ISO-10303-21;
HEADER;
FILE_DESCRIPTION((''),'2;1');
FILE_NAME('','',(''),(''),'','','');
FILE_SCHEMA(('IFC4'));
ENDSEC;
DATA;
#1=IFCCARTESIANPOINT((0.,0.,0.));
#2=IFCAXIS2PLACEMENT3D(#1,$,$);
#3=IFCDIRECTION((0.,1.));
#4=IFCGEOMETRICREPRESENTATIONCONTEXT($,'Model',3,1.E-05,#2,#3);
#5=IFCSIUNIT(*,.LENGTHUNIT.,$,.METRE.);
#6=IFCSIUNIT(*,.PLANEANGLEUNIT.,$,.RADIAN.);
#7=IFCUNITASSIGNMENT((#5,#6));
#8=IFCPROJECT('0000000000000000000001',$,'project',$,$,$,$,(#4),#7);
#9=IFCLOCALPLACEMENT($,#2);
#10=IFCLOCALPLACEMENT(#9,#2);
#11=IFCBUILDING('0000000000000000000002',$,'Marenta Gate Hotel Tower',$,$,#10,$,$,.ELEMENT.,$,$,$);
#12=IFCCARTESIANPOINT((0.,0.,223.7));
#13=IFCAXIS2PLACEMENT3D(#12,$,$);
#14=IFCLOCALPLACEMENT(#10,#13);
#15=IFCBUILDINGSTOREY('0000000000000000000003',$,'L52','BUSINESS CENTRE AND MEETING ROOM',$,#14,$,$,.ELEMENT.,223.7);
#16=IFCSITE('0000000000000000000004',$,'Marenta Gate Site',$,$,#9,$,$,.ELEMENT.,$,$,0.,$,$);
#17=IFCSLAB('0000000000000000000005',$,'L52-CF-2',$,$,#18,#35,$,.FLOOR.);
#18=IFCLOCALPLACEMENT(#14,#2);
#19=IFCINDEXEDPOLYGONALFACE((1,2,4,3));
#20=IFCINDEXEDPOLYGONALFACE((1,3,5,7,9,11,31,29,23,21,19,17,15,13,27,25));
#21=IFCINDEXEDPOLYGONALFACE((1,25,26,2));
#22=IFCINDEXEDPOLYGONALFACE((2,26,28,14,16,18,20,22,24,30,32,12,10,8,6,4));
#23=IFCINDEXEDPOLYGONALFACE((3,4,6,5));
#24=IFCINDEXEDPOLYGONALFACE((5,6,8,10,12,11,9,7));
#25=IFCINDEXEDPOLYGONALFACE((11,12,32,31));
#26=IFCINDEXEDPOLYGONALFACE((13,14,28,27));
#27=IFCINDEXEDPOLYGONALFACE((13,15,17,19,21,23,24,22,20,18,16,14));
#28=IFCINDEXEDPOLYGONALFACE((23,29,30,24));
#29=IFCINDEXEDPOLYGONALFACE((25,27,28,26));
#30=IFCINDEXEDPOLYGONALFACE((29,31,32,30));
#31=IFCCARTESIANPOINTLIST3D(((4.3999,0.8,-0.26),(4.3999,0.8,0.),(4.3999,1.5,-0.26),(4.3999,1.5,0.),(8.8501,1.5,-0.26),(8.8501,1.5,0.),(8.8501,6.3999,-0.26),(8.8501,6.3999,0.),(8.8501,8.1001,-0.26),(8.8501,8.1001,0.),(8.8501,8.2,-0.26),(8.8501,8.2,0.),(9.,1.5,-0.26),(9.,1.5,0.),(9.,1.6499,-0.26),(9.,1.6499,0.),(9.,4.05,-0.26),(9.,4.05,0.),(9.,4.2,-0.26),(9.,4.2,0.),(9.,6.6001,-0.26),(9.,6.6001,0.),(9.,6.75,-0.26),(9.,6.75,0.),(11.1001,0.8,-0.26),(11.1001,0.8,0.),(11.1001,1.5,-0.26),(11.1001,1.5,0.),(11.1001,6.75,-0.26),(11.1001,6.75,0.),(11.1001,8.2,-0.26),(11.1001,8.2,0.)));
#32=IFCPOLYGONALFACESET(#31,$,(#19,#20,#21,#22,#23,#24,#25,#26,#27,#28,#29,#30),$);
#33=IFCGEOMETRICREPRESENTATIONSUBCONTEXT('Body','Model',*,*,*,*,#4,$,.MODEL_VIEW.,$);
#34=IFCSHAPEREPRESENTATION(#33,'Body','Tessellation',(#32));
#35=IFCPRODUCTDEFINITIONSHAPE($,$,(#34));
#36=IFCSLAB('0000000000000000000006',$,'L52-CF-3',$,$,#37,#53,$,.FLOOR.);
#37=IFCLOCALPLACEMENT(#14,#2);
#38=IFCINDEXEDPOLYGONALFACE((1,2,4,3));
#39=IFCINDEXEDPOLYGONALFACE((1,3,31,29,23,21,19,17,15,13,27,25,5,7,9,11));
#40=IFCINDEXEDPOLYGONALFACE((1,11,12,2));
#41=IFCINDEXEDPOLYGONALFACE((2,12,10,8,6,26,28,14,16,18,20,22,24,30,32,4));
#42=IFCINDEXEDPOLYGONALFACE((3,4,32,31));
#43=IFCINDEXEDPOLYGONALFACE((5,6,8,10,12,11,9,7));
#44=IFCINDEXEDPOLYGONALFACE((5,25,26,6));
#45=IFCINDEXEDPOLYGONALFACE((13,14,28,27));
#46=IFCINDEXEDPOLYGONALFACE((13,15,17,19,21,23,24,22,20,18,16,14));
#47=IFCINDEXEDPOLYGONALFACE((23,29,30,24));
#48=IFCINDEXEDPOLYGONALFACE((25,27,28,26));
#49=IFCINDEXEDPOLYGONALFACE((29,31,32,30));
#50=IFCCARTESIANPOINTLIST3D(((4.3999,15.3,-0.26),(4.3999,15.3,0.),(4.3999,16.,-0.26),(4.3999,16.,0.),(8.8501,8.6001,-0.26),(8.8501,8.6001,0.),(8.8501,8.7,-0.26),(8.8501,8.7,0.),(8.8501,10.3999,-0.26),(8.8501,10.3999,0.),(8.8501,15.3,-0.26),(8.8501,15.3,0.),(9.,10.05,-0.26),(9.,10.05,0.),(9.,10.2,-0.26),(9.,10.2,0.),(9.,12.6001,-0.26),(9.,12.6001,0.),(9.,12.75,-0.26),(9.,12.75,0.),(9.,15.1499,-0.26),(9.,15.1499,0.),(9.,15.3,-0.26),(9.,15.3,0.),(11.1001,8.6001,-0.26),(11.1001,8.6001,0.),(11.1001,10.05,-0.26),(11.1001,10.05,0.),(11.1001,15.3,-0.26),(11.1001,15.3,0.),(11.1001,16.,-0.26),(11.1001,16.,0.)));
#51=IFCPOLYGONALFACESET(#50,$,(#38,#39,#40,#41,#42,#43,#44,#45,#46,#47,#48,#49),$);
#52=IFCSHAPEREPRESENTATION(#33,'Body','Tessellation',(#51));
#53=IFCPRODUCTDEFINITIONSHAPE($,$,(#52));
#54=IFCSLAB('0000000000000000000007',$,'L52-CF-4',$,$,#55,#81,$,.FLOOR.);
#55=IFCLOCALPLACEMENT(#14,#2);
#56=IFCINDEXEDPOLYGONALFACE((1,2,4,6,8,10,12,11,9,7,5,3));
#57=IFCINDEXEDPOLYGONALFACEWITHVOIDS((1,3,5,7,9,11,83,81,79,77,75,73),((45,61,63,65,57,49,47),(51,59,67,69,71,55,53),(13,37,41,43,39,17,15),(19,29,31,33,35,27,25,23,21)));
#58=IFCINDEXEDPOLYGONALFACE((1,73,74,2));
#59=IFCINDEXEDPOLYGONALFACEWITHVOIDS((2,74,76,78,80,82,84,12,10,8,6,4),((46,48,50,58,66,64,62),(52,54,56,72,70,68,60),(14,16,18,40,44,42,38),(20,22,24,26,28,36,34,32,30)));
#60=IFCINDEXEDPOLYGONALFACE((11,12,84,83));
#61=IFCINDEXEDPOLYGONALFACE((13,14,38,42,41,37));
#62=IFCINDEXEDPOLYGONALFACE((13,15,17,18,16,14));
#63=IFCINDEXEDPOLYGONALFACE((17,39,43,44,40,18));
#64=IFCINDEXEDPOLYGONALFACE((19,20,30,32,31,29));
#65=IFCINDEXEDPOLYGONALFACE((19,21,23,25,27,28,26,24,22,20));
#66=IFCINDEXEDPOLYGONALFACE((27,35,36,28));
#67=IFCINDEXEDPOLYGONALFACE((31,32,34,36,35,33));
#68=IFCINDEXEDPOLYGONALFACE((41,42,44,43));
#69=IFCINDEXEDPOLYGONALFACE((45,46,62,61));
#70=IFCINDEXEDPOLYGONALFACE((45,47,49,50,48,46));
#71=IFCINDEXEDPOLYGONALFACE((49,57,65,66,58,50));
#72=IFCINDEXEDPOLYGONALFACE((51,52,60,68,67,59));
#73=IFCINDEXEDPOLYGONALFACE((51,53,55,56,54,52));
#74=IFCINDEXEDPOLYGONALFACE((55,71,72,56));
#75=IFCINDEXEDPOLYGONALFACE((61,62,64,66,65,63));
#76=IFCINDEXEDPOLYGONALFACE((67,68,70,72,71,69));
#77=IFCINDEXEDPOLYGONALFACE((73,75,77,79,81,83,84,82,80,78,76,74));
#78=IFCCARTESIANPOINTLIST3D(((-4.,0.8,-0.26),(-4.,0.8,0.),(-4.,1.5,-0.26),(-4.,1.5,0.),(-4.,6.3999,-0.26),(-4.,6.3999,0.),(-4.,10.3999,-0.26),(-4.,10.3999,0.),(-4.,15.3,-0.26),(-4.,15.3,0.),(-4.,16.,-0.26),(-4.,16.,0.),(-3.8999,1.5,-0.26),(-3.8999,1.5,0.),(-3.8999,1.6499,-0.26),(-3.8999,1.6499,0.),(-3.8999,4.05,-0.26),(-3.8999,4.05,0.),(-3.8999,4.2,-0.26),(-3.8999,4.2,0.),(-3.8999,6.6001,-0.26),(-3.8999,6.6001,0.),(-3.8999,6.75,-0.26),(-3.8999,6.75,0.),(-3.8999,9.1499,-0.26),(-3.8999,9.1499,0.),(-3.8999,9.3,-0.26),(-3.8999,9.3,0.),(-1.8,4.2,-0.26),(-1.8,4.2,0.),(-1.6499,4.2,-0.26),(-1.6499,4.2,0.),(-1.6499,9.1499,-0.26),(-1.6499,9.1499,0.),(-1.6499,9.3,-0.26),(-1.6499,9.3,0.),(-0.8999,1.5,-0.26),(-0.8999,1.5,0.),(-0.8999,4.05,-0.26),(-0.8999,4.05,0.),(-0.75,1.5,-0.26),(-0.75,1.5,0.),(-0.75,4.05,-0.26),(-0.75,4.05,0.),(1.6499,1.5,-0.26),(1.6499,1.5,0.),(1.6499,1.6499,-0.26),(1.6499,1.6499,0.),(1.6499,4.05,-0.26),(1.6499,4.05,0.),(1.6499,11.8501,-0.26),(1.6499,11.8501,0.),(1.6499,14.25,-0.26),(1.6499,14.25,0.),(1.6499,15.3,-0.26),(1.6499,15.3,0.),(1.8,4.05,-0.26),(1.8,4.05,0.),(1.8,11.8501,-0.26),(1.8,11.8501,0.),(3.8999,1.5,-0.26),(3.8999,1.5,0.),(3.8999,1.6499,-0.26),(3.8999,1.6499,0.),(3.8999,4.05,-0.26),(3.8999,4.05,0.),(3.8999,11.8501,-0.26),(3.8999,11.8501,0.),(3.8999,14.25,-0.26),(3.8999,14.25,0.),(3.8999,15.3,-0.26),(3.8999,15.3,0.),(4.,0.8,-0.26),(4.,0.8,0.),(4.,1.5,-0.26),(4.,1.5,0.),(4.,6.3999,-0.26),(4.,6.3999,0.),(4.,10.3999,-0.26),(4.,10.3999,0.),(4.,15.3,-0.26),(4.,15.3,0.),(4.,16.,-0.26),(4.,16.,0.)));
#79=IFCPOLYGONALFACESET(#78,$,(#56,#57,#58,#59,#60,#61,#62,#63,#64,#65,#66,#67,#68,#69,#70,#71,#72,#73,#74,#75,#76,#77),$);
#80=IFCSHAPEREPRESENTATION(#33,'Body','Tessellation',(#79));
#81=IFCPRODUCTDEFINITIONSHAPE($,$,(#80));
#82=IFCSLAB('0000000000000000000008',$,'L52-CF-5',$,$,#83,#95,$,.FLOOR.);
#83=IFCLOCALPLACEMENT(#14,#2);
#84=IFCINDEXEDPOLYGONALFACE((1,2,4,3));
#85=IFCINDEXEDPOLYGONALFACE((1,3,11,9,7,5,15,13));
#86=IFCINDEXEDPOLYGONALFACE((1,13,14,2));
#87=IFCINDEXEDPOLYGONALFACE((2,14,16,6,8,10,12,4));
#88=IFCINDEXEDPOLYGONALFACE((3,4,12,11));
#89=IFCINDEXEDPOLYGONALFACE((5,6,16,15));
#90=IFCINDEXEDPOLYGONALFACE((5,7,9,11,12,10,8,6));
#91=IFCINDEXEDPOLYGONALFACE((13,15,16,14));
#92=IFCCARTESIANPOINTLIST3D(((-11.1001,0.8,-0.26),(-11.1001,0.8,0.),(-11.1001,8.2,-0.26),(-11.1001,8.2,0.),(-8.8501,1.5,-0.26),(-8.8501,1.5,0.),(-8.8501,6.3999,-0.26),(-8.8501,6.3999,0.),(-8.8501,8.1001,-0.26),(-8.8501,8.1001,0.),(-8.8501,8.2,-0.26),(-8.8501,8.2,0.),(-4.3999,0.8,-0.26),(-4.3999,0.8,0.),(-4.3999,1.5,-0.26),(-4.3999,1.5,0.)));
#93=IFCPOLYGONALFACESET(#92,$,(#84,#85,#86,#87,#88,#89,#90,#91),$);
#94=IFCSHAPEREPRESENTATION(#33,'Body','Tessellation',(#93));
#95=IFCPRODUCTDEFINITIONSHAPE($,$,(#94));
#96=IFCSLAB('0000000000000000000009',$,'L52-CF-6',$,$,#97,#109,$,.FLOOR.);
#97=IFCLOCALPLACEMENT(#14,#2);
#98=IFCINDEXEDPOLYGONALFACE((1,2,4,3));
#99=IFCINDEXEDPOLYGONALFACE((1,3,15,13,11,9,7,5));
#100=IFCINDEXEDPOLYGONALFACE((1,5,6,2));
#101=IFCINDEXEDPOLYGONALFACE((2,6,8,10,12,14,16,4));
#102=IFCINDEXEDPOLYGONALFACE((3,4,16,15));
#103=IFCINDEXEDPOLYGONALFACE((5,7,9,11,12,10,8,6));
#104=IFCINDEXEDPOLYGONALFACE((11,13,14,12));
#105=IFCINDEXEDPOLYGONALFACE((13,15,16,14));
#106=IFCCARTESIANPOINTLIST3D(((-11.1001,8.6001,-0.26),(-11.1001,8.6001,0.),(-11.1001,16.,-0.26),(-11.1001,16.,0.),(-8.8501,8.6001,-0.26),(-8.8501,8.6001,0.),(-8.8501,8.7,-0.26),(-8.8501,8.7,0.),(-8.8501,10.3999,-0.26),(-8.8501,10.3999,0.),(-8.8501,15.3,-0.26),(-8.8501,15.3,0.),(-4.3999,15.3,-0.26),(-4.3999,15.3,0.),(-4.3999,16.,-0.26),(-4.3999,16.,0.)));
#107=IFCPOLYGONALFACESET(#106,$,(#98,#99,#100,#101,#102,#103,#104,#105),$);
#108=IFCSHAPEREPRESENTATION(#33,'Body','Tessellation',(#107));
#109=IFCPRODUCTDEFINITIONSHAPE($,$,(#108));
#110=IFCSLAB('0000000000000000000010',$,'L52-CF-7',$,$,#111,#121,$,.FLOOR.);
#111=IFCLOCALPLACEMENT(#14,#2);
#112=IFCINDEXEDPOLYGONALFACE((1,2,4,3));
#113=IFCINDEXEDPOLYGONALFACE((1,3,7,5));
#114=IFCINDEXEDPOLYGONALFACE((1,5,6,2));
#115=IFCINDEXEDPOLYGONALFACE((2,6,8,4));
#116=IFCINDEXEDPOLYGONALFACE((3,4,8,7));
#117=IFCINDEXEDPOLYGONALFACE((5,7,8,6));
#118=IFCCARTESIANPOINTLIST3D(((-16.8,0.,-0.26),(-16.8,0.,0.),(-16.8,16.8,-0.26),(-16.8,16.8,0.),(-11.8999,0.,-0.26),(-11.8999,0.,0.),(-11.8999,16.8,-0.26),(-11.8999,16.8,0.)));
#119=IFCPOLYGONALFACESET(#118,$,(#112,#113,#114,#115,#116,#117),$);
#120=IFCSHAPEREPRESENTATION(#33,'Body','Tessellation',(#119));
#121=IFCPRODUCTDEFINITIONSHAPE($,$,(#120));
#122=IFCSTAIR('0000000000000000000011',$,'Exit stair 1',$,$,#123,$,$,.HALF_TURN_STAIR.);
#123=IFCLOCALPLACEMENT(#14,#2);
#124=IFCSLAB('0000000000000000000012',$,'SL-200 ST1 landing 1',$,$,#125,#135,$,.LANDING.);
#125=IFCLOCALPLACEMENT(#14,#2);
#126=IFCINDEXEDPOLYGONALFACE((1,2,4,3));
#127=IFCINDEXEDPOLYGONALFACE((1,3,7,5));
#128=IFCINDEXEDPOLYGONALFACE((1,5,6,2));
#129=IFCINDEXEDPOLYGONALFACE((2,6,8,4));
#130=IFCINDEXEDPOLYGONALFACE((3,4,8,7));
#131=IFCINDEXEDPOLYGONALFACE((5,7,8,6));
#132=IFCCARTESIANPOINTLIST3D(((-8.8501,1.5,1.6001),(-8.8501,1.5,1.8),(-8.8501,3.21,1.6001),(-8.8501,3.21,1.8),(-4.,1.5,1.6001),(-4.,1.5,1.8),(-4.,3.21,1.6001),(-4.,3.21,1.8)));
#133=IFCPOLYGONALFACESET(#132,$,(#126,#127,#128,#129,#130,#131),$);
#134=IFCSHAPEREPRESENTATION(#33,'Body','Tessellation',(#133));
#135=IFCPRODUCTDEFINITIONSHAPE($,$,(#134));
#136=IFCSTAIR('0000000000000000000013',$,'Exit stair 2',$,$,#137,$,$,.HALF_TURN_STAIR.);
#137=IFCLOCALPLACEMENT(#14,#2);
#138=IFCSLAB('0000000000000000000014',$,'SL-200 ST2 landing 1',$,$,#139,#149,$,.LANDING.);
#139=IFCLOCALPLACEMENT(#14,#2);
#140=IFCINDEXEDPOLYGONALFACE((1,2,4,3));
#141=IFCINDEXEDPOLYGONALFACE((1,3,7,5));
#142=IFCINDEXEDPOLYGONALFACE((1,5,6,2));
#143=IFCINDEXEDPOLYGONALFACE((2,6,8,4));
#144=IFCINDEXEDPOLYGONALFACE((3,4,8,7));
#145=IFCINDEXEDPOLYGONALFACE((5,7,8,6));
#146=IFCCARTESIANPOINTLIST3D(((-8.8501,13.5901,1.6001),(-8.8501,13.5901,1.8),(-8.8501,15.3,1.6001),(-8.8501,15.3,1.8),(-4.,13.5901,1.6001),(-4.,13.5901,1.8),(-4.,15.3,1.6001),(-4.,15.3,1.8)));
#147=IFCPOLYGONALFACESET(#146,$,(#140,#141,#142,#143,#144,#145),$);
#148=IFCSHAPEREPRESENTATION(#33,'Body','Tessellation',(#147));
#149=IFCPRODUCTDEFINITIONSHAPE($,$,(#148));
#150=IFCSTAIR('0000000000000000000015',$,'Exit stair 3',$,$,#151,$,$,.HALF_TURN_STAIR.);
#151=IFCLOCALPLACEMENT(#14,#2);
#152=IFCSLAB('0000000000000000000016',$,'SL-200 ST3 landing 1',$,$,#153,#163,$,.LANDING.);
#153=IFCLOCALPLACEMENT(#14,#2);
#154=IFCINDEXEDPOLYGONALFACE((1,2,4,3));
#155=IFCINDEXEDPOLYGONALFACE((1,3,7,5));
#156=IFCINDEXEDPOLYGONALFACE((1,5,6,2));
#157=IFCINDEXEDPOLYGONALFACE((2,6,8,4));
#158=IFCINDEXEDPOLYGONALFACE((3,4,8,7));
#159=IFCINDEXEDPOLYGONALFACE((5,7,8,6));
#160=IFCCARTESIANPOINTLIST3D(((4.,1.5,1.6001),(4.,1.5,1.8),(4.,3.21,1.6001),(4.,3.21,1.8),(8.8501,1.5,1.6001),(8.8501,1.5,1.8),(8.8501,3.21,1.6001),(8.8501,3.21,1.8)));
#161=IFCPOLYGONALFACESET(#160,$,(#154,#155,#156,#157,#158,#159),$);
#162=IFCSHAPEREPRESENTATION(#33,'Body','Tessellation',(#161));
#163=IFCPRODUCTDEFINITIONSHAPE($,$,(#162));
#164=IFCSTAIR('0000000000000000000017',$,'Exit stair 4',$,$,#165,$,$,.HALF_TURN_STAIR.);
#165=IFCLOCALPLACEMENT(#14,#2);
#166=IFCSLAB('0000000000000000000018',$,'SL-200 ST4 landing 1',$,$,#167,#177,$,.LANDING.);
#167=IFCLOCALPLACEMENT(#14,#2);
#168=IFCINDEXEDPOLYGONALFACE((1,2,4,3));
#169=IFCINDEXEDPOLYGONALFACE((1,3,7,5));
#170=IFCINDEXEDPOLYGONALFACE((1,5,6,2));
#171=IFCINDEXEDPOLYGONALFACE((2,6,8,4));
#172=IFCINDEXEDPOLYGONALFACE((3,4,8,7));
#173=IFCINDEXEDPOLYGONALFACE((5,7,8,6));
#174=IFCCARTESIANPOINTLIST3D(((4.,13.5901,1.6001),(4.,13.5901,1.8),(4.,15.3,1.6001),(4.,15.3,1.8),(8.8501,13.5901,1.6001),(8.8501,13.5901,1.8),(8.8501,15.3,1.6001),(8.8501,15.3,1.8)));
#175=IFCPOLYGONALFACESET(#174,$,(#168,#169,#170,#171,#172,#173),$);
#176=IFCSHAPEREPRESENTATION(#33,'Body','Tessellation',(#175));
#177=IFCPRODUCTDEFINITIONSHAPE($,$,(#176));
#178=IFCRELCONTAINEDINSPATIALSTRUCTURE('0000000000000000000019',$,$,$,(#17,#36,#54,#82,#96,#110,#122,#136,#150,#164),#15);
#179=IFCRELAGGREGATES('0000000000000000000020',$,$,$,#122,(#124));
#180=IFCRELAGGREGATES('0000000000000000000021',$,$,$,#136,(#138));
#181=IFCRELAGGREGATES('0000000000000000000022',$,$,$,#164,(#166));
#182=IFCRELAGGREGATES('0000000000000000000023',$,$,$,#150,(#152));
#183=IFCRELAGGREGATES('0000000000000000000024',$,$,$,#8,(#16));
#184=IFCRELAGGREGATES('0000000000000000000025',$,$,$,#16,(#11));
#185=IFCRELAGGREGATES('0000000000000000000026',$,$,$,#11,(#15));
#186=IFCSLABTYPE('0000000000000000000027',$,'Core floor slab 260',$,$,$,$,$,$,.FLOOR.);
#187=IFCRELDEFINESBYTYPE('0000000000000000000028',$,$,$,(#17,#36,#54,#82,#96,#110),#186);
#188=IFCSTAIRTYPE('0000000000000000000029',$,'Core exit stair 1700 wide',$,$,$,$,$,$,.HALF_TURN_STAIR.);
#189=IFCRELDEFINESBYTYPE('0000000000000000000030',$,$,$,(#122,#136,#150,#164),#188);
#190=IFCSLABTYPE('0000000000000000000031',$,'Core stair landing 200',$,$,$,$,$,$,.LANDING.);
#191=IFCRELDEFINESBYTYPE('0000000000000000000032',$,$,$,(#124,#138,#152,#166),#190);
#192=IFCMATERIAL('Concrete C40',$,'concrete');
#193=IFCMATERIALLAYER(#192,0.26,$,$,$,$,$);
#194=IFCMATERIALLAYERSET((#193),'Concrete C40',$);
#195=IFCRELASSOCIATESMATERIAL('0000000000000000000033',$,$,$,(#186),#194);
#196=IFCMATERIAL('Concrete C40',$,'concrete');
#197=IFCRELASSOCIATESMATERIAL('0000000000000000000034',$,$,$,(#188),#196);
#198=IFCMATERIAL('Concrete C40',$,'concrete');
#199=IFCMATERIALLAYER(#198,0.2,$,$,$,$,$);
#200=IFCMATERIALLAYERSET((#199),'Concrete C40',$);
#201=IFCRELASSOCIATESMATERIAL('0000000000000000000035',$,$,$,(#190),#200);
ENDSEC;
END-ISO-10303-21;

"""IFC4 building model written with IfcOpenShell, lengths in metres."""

from ifc_helpers import new_model, si_unit, direction, frame, origin, place, context, subcontext, project, spatial, polyline, outline, extrude, material, layer, layer_set, type_object, element, aggregate, save


model = new_model("IFC4")

# Units and contexts
model_context = context("Model", 3, precision=1e-05, world=origin(), true_north=direction((0.0, 1.0)))
body_context = subcontext(model_context, "Body", "Model", "MODEL_VIEW")
ifc_project = project(units=[si_unit("LENGTHUNIT", "METRE"), si_unit("PLANEANGLEUNIT", "RADIAN")], contexts=[model_context])

# Site, building, storey
site_placement = place(None, origin())
site = spatial("IfcSite", under=ifc_project, at=site_placement, Name="Marenta Gate Site", CompositionType="ELEMENT", RefElevation=0.0)
building_placement = place(site_placement, origin())
building = spatial("IfcBuilding", under=site, at=building_placement, Name="Marenta Gate Hotel Tower", CompositionType="ELEMENT")
storey_placement = place(building_placement, frame((0.0, 0.0, 223.7)))
storey = spatial("IfcBuildingStorey", under=building, at=storey_placement, Name="L52", Description="BUSINESS CENTRE AND MEETING ROOM", CompositionType="ELEMENT", Elevation=223.7)

# Slabs
ifc_material_1 = material(Name="Concrete C40", Category="concrete")
ifc_layer_1 = layer(ifc_material_1, 0.26)
ifc_layer_set_1 = layer_set([ifc_layer_1], Name="Concrete C40")
slab_type_1 = type_object("IfcSlabType", Name="Core floor slab 260", PredefinedType="FLOOR", material=ifc_layer_set_1)
slab_1_placement = place(storey_placement, frame((0.0, 0.0, -0.26)))
element("IfcSlab", 1, at=slab_1_placement, inside=storey, type_object=slab_type_1, Name="L52-CF-2", PredefinedType="FLOOR", context=body_context, shape_type="SweptSolid", body=[
    extrude(outline(polyline([(8.8501, 1.5), (8.8501, 6.3999), (8.8501, 8.1001), (8.8501, 8.2), (11.1001, 8.2), (11.1001, 6.75), (9.0, 6.75), (9.0, 6.6001), (9.0, 4.2), (9.0, 4.05), (9.0, 1.6499), (9.0, 1.5), (11.1001, 1.5), (11.1001, 0.8), (4.3999, 0.8), (4.3999, 1.5), (8.8501, 1.5)])), origin(), (0.0, 0.0, 1.0), 0.26),
])
slab_2_placement = place(storey_placement, frame((0.0, 0.0, -0.26)))
element("IfcSlab", 2, at=slab_2_placement, inside=storey, type_object=slab_type_1, Name="L52-CF-3", PredefinedType="FLOOR", context=body_context, shape_type="SweptSolid", body=[
    extrude(outline(polyline([(8.8501, 15.3), (4.3999, 15.3), (4.3999, 16.0), (11.1001, 16.0), (11.1001, 15.3), (9.0, 15.3), (9.0, 15.1499), (9.0, 12.75), (9.0, 12.6001), (9.0, 10.2), (9.0, 10.05), (11.1001, 10.05), (11.1001, 8.6001), (8.8501, 8.6001), (8.8501, 8.7), (8.8501, 10.3999), (8.8501, 15.3)])), origin(), (0.0, 0.0, 1.0), 0.26),
])
slab_3_placement = place(storey_placement, frame((0.0, 0.0, -0.26)))
element("IfcSlab", 3, at=slab_3_placement, inside=storey, type_object=slab_type_1, Name="L52-CF-4", PredefinedType="FLOOR", context=body_context, shape_type="SweptSolid", body=[
    extrude(outline(polyline([(4.0, 15.3), (4.0, 10.3999), (4.0, 6.3999), (4.0, 1.5), (4.0, 0.8), (-4.0, 0.8), (-4.0, 1.5), (-4.0, 6.3999), (-4.0, 10.3999), (-4.0, 15.3), (-4.0, 16.0), (4.0, 16.0), (4.0, 15.3)]), holes=[polyline([(1.6499, 14.25), (1.6499, 11.8501), (1.8, 11.8501), (3.8999, 11.8501), (3.8999, 14.25), (3.8999, 15.3), (1.6499, 15.3), (1.6499, 14.25)]), polyline([(3.8999, 1.6499), (3.8999, 4.05), (1.8, 4.05), (1.6499, 4.05), (1.6499, 1.6499), (1.6499, 1.5), (3.8999, 1.5), (3.8999, 1.6499)]), polyline([(-3.8999, 1.6499), (-3.8999, 1.5), (-0.8999, 1.5), (-0.75, 1.5), (-0.75, 4.05), (-0.8999, 4.05), (-3.8999, 4.05), (-3.8999, 1.6499)]), polyline([(-1.8, 4.2), (-1.6499, 4.2), (-1.6499, 9.1499), (-1.6499, 9.3), (-3.8999, 9.3), (-3.8999, 9.1499), (-3.8999, 6.75), (-3.8999, 6.6001), (-3.8999, 4.2), (-1.8, 4.2)])]), origin(), (0.0, 0.0, 1.0), 0.26),
])
slab_4_placement = place(storey_placement, frame((0.0, 0.0, -0.26)))
element("IfcSlab", 4, at=slab_4_placement, inside=storey, type_object=slab_type_1, Name="L52-CF-5", PredefinedType="FLOOR", context=body_context, shape_type="SweptSolid", body=[
    extrude(outline(polyline([(-8.8501, 8.2), (-8.8501, 8.1001), (-8.8501, 6.3999), (-8.8501, 1.5), (-4.3999, 1.5), (-4.3999, 0.8), (-11.1001, 0.8), (-11.1001, 8.2), (-8.8501, 8.2)])), origin(), (0.0, 0.0, 1.0), 0.26),
])
slab_5_placement = place(storey_placement, frame((0.0, 0.0, -0.26)))
element("IfcSlab", 5, at=slab_5_placement, inside=storey, type_object=slab_type_1, Name="L52-CF-6", PredefinedType="FLOOR", context=body_context, shape_type="SweptSolid", body=[
    extrude(outline(polyline([(-4.3999, 15.3), (-8.8501, 15.3), (-8.8501, 10.3999), (-8.8501, 8.7), (-8.8501, 8.6001), (-11.1001, 8.6001), (-11.1001, 16.0), (-4.3999, 16.0), (-4.3999, 15.3)])), origin(), (0.0, 0.0, 1.0), 0.26),
])
slab_6_placement = place(storey_placement, frame((0.0, 0.0, -0.26)))
element("IfcSlab", 6, at=slab_6_placement, inside=storey, type_object=slab_type_1, Name="L52-CF-7", PredefinedType="FLOOR", context=body_context, shape_type="SweptSolid", body=[
    extrude(outline(polyline([(-11.8999, 16.8), (-11.8999, 0.0), (-16.8, 0.0), (-16.8, 16.8), (-11.8999, 16.8)])), origin(), (0.0, 0.0, 1.0), 0.26),
])

# Stairs, slabs
ifc_material_2 = material(Name="Concrete C40", Category="concrete")
stair_type_1 = type_object("IfcStairType", Name="Core exit stair 1700 wide", PredefinedType="HALF_TURN_STAIR", material=ifc_material_2)
stair_1_placement = place(storey_placement, origin())
stair_1 = element("IfcStair", 7, at=stair_1_placement, inside=storey, type_object=stair_type_1, Name="Exit stair 1", PredefinedType="HALF_TURN_STAIR")
ifc_material_3 = material(Name="Concrete C40", Category="concrete")
ifc_layer_2 = layer(ifc_material_3, 0.2)
ifc_layer_set_2 = layer_set([ifc_layer_2], Name="Concrete C40")
slab_type_2 = type_object("IfcSlabType", Name="Core stair landing 200", PredefinedType="LANDING", material=ifc_layer_set_2)
slab_7_placement = place(storey_placement, frame((0.0, 0.0, 1.6001)))
slab_7 = element("IfcSlab", 8, at=slab_7_placement, type_object=slab_type_2, Name="SL-200 ST1 landing 1", PredefinedType="LANDING", context=body_context, shape_type="SweptSolid", body=[
    extrude(outline(polyline([(-8.8501, 1.5), (-4.0, 1.5), (-4.0, 3.21), (-8.8501, 3.21), (-8.8501, 1.5)])), origin(), (0.0, 0.0, 1.0), 0.2),
])
aggregate(stair_1, [slab_7])
stair_2_placement = place(storey_placement, origin())
stair_2 = element("IfcStair", 9, at=stair_2_placement, inside=storey, type_object=stair_type_1, Name="Exit stair 2", PredefinedType="HALF_TURN_STAIR")
slab_8_placement = place(storey_placement, frame((0.0, 0.0, 1.6001)))
slab_8 = element("IfcSlab", 10, at=slab_8_placement, type_object=slab_type_2, Name="SL-200 ST2 landing 1", PredefinedType="LANDING", context=body_context, shape_type="SweptSolid", body=[
    extrude(outline(polyline([(-8.8501, 13.5901), (-4.0, 13.5901), (-4.0, 15.3), (-8.8501, 15.3), (-8.8501, 13.5901)])), origin(), (0.0, 0.0, 1.0), 0.2),
])
aggregate(stair_2, [slab_8])
stair_3_placement = place(storey_placement, origin())
stair_3 = element("IfcStair", 11, at=stair_3_placement, inside=storey, type_object=stair_type_1, Name="Exit stair 3", PredefinedType="HALF_TURN_STAIR")
slab_9_placement = place(storey_placement, frame((0.0, 0.0, 1.6001)))
slab_9 = element("IfcSlab", 12, at=slab_9_placement, type_object=slab_type_2, Name="SL-200 ST3 landing 1", PredefinedType="LANDING", context=body_context, shape_type="SweptSolid", body=[
    extrude(outline(polyline([(4.0, 1.5), (8.8501, 1.5), (8.8501, 3.21), (4.0, 3.21), (4.0, 1.5)])), origin(), (0.0, 0.0, 1.0), 0.2),
])
stair_4_placement = place(storey_placement, origin())
stair_4 = element("IfcStair", 13, at=stair_4_placement, inside=storey, type_object=stair_type_1, Name="Exit stair 4", PredefinedType="HALF_TURN_STAIR")
slab_10_placement = place(storey_placement, frame((0.0, 0.0, 1.6001)))
slab_10 = element("IfcSlab", 14, at=slab_10_placement, type_object=slab_type_2, Name="SL-200 ST4 landing 1", PredefinedType="LANDING", context=body_context, shape_type="SweptSolid", body=[
    extrude(outline(polyline([(4.0, 13.5901), (8.8501, 13.5901), (8.8501, 15.3), (4.0, 15.3), (4.0, 13.5901)])), origin(), (0.0, 0.0, 1.0), 0.2),
])
aggregate(stair_4, [slab_10])

aggregate(stair_3, [slab_9])

save(model, "model.ifc")
